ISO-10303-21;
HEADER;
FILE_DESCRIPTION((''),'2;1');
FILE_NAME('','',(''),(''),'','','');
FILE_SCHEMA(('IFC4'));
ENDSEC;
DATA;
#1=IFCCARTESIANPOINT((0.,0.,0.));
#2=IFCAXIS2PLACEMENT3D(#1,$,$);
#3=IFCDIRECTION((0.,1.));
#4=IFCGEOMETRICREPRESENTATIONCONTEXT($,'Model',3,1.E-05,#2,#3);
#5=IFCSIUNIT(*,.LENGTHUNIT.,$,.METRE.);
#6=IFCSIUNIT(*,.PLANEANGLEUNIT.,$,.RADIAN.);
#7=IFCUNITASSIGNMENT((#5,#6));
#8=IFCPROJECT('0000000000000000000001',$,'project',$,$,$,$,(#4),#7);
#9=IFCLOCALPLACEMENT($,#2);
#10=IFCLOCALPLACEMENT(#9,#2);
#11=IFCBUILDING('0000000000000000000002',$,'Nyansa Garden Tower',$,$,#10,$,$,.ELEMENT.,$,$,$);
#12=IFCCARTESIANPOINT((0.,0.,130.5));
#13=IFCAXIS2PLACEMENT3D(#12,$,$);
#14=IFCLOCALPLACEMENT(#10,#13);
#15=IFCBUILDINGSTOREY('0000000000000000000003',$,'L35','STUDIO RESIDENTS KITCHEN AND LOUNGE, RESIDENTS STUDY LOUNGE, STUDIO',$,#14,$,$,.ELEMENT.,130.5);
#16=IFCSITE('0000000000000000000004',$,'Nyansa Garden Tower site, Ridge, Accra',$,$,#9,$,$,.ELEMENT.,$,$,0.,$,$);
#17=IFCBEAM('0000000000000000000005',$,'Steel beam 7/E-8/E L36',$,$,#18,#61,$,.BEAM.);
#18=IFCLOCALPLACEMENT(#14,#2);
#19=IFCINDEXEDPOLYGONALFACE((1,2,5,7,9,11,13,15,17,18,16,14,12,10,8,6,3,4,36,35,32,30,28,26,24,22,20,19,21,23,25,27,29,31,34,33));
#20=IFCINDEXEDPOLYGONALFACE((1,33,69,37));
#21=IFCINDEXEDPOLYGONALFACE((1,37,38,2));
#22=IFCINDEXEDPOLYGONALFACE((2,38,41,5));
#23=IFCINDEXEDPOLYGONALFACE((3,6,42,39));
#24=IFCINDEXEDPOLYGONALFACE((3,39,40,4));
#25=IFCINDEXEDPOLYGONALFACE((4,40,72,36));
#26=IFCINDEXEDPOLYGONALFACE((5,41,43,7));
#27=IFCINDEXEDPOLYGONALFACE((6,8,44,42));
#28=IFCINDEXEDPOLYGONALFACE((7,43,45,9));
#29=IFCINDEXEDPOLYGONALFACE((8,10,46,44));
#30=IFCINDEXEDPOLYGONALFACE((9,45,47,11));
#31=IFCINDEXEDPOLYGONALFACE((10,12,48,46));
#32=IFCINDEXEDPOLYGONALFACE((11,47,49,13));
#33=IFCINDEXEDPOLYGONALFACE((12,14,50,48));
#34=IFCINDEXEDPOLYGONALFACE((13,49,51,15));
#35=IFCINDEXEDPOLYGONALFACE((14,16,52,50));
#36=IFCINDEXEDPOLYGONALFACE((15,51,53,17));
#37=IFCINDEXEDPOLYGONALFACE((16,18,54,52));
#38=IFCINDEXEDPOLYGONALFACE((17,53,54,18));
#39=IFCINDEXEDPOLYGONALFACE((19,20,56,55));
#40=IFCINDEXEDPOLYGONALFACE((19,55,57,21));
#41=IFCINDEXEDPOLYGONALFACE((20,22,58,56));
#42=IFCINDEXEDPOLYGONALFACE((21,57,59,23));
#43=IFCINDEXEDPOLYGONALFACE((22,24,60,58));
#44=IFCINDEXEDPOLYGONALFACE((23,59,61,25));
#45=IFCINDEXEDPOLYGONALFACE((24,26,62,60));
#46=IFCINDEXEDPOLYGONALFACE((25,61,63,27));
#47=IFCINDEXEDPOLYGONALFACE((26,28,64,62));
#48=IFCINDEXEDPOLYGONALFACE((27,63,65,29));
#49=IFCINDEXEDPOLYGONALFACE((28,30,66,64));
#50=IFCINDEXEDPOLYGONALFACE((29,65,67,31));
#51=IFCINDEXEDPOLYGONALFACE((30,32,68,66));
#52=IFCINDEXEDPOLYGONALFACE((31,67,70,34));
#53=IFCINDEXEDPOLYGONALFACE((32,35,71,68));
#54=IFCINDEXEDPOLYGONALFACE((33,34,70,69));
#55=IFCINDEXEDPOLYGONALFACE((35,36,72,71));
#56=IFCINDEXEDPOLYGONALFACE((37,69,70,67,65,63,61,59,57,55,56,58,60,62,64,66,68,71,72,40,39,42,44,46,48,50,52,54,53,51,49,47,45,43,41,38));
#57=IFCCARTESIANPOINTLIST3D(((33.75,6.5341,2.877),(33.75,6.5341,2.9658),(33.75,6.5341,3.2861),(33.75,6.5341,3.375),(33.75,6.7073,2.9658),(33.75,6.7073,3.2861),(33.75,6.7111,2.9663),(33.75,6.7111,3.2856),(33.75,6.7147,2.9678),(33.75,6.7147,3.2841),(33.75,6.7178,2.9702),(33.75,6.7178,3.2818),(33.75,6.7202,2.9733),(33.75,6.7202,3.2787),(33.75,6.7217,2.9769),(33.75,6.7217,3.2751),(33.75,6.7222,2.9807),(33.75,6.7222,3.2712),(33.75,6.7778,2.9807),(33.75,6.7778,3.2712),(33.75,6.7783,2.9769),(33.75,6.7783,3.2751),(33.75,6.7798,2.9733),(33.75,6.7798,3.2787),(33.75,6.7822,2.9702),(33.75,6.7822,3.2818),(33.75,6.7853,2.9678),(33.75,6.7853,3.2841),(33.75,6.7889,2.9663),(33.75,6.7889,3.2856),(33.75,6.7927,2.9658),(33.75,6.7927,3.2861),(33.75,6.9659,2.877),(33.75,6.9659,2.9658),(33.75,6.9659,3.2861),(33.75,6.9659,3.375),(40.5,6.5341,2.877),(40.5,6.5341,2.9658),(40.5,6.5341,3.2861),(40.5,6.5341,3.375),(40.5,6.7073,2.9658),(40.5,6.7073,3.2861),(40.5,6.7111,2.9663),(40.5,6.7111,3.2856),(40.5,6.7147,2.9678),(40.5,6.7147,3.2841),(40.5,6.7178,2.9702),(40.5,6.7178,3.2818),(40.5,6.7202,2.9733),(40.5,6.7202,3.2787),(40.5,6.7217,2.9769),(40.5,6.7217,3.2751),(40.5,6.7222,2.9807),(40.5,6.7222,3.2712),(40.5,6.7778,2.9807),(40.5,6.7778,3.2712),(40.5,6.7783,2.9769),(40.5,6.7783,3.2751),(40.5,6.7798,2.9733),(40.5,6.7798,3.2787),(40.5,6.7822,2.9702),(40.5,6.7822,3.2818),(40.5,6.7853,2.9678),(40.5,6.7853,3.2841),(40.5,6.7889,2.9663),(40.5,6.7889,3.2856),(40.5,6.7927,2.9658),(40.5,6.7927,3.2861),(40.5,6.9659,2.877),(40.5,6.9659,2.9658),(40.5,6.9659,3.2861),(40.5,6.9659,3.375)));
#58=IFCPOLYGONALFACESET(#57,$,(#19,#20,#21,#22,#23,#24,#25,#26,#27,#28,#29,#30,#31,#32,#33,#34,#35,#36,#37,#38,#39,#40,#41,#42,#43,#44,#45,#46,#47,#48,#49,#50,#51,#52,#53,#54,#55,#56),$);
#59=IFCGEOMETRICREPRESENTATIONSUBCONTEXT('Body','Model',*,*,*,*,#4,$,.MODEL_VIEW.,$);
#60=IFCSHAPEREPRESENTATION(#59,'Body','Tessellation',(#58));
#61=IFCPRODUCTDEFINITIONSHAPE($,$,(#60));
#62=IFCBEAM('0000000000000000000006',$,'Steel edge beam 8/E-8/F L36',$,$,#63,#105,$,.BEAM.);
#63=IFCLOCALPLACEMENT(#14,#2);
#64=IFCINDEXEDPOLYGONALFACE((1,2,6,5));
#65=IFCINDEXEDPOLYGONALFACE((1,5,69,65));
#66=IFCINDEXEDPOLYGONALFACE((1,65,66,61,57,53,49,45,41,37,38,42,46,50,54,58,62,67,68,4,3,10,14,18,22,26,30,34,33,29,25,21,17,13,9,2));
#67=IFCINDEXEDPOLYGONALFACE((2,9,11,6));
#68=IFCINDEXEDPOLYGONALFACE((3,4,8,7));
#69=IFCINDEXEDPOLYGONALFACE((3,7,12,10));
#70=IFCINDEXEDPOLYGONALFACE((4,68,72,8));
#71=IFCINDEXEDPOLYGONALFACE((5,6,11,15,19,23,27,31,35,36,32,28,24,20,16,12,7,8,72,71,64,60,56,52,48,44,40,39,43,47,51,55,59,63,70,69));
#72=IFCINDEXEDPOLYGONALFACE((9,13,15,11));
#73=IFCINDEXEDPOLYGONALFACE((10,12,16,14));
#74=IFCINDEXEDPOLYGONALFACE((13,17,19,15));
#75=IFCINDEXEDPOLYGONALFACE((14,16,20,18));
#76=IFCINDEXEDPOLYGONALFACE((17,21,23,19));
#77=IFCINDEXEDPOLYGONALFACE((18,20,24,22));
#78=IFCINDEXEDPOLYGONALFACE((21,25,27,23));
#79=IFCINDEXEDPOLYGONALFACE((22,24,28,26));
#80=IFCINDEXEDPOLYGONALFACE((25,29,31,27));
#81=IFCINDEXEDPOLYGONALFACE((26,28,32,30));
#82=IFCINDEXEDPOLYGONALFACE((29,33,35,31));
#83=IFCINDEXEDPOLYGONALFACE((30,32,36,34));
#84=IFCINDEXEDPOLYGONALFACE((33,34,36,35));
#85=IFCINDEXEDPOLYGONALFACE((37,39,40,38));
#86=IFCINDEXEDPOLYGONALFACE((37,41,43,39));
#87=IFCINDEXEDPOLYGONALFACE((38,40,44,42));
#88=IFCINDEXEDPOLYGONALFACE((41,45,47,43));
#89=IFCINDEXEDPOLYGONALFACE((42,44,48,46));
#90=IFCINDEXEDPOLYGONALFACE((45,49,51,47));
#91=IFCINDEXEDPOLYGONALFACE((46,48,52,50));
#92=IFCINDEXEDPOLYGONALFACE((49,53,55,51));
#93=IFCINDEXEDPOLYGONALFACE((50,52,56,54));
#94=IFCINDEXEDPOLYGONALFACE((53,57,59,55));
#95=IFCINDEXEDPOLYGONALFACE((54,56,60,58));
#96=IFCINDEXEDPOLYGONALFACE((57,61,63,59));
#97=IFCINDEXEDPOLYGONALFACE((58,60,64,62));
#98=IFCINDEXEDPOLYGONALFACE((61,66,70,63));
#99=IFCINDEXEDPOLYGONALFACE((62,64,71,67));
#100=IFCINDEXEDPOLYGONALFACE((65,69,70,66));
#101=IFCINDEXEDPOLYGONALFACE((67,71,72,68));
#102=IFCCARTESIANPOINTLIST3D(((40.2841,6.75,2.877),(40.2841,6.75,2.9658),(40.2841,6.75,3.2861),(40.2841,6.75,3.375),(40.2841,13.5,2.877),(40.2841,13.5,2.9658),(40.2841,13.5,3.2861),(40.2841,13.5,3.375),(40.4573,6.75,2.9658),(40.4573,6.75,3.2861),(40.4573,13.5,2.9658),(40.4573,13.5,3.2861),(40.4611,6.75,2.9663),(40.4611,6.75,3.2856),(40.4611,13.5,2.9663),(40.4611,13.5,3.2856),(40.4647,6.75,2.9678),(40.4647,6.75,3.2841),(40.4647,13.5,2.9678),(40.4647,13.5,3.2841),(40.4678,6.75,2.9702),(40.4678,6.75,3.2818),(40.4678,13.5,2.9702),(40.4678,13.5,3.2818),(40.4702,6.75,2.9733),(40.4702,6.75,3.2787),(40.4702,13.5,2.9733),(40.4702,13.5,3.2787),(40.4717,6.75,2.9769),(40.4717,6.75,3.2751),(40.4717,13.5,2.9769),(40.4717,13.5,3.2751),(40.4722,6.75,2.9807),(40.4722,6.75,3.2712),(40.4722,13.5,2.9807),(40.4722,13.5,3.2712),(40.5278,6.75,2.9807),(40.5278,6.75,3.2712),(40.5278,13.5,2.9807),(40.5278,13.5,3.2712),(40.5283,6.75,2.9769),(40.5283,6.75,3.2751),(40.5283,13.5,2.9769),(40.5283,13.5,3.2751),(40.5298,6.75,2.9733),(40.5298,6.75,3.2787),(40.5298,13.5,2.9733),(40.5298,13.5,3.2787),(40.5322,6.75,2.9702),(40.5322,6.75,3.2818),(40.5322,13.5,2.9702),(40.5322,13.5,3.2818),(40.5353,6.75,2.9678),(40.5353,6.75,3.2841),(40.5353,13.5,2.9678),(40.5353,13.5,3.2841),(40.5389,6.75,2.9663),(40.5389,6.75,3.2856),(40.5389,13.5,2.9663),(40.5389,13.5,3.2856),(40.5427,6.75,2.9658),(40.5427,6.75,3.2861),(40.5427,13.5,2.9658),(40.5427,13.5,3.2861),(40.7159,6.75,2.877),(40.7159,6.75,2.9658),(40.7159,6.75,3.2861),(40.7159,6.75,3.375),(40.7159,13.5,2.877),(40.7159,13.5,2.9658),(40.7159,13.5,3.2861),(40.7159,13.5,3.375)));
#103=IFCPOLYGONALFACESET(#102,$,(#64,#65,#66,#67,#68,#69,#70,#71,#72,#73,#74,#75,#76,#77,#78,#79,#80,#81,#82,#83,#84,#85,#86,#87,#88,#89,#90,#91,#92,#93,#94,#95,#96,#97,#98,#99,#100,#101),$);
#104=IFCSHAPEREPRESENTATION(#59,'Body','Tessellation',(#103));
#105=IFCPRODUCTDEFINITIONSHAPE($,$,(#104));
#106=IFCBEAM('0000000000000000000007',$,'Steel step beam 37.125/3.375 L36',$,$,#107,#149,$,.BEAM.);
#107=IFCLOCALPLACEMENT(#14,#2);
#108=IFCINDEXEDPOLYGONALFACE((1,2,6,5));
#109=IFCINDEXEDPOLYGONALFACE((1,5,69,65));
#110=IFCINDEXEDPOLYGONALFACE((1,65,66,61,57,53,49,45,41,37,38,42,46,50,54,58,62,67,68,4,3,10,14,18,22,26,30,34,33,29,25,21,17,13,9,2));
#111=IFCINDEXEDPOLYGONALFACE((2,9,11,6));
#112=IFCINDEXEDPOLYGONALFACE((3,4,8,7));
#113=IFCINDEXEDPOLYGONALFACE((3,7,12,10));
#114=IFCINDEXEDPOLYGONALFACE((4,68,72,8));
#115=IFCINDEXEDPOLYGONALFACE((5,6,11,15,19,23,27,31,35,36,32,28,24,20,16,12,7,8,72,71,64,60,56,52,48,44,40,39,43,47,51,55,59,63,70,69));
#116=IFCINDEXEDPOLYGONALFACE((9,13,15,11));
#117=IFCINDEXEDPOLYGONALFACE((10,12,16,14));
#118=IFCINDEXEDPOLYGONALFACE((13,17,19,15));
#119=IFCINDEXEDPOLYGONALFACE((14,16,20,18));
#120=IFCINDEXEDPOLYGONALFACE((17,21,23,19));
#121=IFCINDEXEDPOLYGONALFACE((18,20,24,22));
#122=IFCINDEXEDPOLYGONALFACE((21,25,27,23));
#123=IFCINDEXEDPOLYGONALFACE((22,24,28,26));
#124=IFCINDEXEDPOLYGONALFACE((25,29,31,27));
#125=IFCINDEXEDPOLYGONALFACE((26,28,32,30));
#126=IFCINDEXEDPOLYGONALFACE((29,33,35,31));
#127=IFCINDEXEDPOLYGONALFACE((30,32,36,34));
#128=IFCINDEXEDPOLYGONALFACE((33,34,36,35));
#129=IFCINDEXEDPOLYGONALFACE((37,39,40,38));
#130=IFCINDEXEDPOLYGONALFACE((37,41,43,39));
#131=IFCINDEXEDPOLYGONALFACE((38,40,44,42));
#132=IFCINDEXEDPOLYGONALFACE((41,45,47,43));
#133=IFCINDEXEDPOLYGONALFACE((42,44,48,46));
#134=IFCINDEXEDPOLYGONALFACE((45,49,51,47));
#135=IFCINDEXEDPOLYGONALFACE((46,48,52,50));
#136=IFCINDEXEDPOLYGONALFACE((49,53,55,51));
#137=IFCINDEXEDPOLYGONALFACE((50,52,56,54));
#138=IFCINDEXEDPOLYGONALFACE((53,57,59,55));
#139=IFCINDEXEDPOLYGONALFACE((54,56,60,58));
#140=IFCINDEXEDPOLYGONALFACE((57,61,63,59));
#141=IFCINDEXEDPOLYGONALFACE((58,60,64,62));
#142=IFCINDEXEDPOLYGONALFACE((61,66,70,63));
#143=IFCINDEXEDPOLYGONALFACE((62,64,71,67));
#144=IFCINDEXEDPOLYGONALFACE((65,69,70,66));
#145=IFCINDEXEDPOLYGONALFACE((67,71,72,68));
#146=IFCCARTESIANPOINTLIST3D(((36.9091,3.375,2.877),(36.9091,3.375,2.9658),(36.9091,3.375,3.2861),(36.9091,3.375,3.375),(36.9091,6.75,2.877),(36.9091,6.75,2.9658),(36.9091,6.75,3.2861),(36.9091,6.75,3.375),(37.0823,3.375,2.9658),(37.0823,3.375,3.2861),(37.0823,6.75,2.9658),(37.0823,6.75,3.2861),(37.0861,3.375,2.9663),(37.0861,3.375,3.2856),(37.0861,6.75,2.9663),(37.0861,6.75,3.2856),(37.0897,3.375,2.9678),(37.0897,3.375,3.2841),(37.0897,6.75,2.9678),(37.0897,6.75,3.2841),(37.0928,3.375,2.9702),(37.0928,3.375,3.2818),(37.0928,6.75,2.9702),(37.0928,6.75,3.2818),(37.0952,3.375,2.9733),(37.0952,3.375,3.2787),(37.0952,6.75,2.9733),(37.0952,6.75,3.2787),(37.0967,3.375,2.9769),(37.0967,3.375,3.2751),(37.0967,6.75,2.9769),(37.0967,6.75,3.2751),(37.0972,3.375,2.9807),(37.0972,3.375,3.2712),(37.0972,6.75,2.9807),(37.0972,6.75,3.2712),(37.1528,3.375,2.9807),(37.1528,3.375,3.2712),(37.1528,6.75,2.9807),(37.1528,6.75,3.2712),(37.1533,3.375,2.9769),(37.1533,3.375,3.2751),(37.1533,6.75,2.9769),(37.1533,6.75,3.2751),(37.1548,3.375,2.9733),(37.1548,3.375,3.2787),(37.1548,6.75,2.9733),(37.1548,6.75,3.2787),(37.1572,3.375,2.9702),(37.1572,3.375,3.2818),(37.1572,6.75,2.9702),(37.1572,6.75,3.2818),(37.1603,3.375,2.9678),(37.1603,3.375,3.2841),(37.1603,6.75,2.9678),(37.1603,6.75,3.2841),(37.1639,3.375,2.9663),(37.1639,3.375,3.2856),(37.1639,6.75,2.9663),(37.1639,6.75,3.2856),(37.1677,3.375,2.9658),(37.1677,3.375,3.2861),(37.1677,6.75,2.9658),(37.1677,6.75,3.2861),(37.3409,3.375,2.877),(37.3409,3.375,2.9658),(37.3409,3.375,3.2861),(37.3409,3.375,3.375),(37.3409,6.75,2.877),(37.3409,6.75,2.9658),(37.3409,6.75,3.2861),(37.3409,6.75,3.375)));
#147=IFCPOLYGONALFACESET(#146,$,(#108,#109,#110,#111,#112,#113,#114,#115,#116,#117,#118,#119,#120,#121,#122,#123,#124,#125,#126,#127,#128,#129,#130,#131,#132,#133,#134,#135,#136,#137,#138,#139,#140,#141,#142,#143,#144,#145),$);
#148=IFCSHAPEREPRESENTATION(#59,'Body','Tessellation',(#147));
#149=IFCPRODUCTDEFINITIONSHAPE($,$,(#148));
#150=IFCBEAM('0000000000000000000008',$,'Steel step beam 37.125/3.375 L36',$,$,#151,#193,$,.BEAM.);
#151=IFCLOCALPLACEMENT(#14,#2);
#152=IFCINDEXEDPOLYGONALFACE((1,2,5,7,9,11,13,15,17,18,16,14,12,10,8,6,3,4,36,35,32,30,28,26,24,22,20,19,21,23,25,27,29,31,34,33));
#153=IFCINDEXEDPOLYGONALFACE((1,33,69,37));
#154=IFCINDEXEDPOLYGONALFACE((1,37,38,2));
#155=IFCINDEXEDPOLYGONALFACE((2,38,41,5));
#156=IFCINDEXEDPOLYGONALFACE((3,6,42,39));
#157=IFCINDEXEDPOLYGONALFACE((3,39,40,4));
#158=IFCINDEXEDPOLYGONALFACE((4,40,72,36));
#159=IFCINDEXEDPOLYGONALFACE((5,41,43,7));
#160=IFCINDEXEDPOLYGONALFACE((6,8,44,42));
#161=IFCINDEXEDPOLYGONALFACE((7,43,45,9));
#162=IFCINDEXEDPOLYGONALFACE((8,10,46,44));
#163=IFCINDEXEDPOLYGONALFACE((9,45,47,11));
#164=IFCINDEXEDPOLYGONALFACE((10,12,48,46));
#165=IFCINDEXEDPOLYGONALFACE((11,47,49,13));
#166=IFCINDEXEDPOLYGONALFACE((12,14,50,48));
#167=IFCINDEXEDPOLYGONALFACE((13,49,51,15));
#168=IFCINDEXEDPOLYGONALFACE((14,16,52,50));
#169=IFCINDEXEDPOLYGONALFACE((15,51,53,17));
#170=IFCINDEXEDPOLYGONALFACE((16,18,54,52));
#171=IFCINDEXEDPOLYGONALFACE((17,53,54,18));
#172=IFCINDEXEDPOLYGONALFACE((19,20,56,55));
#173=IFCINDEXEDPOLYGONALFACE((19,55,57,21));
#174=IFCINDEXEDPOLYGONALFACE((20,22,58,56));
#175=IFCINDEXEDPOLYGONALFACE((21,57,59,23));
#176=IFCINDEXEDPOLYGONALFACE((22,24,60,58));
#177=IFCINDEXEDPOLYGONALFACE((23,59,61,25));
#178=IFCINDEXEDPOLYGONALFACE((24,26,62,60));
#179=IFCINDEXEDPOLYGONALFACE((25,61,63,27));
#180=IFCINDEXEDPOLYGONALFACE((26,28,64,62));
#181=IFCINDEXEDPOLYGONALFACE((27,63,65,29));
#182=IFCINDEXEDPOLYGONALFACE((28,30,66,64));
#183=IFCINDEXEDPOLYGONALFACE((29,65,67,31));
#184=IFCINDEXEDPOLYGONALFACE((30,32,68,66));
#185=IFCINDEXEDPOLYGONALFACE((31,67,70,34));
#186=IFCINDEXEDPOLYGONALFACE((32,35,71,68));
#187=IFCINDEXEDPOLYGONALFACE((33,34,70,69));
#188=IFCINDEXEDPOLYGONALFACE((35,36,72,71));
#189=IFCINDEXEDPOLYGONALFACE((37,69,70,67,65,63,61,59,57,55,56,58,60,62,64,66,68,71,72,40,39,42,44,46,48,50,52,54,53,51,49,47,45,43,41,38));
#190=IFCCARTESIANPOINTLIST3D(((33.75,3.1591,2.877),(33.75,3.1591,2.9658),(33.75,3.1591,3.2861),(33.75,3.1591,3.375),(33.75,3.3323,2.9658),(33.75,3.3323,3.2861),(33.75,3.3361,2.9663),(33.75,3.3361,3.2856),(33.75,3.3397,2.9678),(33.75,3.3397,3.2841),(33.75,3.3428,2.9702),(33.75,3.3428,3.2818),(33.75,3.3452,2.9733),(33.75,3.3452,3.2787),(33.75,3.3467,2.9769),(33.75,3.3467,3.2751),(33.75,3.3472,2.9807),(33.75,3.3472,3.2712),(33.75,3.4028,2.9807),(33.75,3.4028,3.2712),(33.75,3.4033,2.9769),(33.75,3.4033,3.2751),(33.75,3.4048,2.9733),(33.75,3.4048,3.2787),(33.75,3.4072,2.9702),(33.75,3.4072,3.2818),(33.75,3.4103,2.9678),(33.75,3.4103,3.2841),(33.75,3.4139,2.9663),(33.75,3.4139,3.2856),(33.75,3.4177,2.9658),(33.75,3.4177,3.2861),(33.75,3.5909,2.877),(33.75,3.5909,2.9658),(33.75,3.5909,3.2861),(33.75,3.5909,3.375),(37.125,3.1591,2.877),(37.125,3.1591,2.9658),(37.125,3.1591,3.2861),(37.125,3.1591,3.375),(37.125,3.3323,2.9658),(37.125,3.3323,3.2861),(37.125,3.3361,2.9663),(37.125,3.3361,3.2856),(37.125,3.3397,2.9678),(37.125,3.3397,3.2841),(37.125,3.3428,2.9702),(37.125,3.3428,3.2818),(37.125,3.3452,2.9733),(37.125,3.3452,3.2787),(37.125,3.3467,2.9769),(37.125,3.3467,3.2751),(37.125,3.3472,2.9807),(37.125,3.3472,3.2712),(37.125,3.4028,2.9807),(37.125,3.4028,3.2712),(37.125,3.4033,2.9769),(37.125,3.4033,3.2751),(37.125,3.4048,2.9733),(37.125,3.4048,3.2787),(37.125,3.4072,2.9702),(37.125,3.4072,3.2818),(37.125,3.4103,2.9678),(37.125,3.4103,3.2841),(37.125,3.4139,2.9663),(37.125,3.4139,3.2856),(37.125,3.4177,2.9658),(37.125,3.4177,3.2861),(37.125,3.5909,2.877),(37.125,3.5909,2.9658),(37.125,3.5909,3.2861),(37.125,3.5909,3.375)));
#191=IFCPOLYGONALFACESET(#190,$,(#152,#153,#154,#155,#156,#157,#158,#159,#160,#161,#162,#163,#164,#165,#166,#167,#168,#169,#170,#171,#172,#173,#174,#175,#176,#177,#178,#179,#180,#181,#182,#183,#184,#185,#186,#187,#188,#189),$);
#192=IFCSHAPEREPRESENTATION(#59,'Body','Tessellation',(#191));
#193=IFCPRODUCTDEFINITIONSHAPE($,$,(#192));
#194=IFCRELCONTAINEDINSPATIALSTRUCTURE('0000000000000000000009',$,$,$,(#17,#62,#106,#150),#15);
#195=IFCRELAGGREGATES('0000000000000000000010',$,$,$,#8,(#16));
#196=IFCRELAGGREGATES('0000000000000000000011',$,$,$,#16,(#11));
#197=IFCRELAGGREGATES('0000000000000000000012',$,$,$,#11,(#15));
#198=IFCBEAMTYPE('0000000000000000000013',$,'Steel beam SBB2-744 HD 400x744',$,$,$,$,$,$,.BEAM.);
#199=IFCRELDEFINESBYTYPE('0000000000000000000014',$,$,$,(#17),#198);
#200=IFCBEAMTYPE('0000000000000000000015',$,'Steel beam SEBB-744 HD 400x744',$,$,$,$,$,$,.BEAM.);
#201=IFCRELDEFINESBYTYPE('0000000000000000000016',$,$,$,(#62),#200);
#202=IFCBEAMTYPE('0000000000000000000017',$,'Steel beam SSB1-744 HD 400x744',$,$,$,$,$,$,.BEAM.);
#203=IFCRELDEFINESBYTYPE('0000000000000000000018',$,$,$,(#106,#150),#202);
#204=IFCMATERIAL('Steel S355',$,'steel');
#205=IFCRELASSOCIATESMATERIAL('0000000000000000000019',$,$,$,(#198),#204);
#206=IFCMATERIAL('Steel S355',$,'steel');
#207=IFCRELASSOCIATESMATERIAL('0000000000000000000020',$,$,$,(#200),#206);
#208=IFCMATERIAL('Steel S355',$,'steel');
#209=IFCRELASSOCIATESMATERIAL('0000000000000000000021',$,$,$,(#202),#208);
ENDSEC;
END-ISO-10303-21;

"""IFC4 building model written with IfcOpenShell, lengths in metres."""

from ifc_helpers import new_model, si_unit, direction, frame, origin, origin_2d, place, context, subcontext, project, spatial, i_section, extrude, material, material_profile, profile_set, type_object, element, save


model = new_model("IFC4")

# Units and contexts
model_context = context("Model", 3, precision=1e-05, world=origin(), true_north=direction((0.0, 1.0)))
body_context = subcontext(model_context, "Body", "Model", "MODEL_VIEW")
ifc_project = project(units=[si_unit("LENGTHUNIT", "METRE"), si_unit("PLANEANGLEUNIT", "RADIAN")], contexts=[model_context])

# Site, building, storey
site_placement = place(None, origin())
site = spatial("IfcSite", under=ifc_project, at=site_placement, Name="Nyansa Garden Tower site, Ridge, Accra", CompositionType="ELEMENT", RefElevation=0.0)
building_placement = place(site_placement, origin())
building = spatial("IfcBuilding", under=site, at=building_placement, Name="Nyansa Garden Tower", CompositionType="ELEMENT")
storey_placement = place(building_placement, frame((0.0, 0.0, 130.5)))
storey = spatial("IfcBuildingStorey", under=building, at=storey_placement, Name="L35", Description="STUDIO RESIDENTS KITCHEN AND LOUNGE, RESIDENTS STUDY LOUNGE, STUDIO", CompositionType="ELEMENT", Elevation=130.5)

# Beams
ifc_material_1 = material(Name="Steel S355", Category="steel")
ifc_material_profile_1 = material_profile(ifc_material_1, i_section(OverallWidth=0.4319, OverallDepth=0.498, WebThickness=0.0557, FlangeThickness=0.0889, FilletRadius=0.0149, at=origin_2d()), Name="HD 400x744")
ifc_profile_set_1 = profile_set([ifc_material_profile_1], Name="Steel S355")
beam_type_1 = type_object("IfcBeamType", Name="Steel beam SBB2-744 HD 400x744", PredefinedType="BEAM", material=ifc_profile_set_1)
for number, where, z_axis, x_axis, name in (
    (1, (33.75, 6.75, 3.126), (1.0, 0.0, 0.0), (0.0, 1.0, 0.0), "Steel beam 7/E-8/E L36"),
):
    element("IfcBeam", number, at=place(storey_placement, frame(where, z_axis=z_axis, x_axis=x_axis)), inside=storey, type_object=beam_type_1, Name=name, PredefinedType="BEAM", context=body_context, shape_type="SweptSolid", body=[
        extrude(i_section(OverallWidth=0.4319, OverallDepth=0.498, WebThickness=0.0557, FlangeThickness=0.0889, FilletRadius=0.0149, at=origin_2d()), origin(), (0.0, 0.0, 1.0), 6.75),
    ])
ifc_material_2 = material(Name="Steel S355", Category="steel")
ifc_material_profile_2 = material_profile(ifc_material_2, i_section(OverallWidth=0.4319, OverallDepth=0.498, WebThickness=0.0557, FlangeThickness=0.0889, FilletRadius=0.0149, at=origin_2d()), Name="HD 400x744")
ifc_profile_set_2 = profile_set([ifc_material_profile_2], Name="Steel S355")
beam_type_2 = type_object("IfcBeamType", Name="Steel beam SEBB-744 HD 400x744", PredefinedType="BEAM", material=ifc_profile_set_2)
beam_placement = place(storey_placement, frame((40.5, 6.75, 3.126), z_axis=(0.0, 1.0, 0.0), x_axis=(-1.0, 0.0, 0.0)))
element("IfcBeam", 2, at=beam_placement, inside=storey, type_object=beam_type_2, Name="Steel edge beam 8/E-8/F L36", PredefinedType="BEAM", context=body_context, shape_type="SweptSolid", body=[
    extrude(i_section(OverallWidth=0.4319, OverallDepth=0.498, WebThickness=0.0557, FlangeThickness=0.0889, FilletRadius=0.0149, at=origin_2d()), origin(), (0.0, 0.0, 1.0), 6.75),
])
ifc_material_3 = material(Name="Steel S355", Category="steel")
ifc_material_profile_3 = material_profile(ifc_material_3, i_section(OverallWidth=0.4319, OverallDepth=0.498, WebThickness=0.0557, FlangeThickness=0.0889, FilletRadius=0.0149, at=origin_2d()), Name="HD 400x744")
ifc_profile_set_3 = profile_set([ifc_material_profile_3], Name="Steel S355")
beam_type_3 = type_object("IfcBeamType", Name="Steel beam SSB1-744 HD 400x744", PredefinedType="BEAM", material=ifc_profile_set_3)
for number, where, z_axis, x_axis, name in (
    (3, (37.125, 3.375, 3.126), (0.0, 1.0, 0.0), (-1.0, 0.0, 0.0), "Steel step beam 37.125/3.375 L36"),
    (4, (37.125, 3.375, 3.126), (-1.0, 0.0, 0.0), (0.0, -1.0, 0.0), "Steel step beam 37.125/3.375 L36"),
):
    element("IfcBeam", number, at=place(storey_placement, frame(where, z_axis=z_axis, x_axis=x_axis)), inside=storey, type_object=beam_type_3, Name=name, PredefinedType="BEAM", context=body_context, shape_type="SweptSolid", body=[
        extrude(i_section(OverallWidth=0.4319, OverallDepth=0.498, WebThickness=0.0557, FlangeThickness=0.0889, FilletRadius=0.0149, at=origin_2d()), origin(), (0.0, 0.0, 1.0), 3.375),
    ])

save(model, "model.ifc")
